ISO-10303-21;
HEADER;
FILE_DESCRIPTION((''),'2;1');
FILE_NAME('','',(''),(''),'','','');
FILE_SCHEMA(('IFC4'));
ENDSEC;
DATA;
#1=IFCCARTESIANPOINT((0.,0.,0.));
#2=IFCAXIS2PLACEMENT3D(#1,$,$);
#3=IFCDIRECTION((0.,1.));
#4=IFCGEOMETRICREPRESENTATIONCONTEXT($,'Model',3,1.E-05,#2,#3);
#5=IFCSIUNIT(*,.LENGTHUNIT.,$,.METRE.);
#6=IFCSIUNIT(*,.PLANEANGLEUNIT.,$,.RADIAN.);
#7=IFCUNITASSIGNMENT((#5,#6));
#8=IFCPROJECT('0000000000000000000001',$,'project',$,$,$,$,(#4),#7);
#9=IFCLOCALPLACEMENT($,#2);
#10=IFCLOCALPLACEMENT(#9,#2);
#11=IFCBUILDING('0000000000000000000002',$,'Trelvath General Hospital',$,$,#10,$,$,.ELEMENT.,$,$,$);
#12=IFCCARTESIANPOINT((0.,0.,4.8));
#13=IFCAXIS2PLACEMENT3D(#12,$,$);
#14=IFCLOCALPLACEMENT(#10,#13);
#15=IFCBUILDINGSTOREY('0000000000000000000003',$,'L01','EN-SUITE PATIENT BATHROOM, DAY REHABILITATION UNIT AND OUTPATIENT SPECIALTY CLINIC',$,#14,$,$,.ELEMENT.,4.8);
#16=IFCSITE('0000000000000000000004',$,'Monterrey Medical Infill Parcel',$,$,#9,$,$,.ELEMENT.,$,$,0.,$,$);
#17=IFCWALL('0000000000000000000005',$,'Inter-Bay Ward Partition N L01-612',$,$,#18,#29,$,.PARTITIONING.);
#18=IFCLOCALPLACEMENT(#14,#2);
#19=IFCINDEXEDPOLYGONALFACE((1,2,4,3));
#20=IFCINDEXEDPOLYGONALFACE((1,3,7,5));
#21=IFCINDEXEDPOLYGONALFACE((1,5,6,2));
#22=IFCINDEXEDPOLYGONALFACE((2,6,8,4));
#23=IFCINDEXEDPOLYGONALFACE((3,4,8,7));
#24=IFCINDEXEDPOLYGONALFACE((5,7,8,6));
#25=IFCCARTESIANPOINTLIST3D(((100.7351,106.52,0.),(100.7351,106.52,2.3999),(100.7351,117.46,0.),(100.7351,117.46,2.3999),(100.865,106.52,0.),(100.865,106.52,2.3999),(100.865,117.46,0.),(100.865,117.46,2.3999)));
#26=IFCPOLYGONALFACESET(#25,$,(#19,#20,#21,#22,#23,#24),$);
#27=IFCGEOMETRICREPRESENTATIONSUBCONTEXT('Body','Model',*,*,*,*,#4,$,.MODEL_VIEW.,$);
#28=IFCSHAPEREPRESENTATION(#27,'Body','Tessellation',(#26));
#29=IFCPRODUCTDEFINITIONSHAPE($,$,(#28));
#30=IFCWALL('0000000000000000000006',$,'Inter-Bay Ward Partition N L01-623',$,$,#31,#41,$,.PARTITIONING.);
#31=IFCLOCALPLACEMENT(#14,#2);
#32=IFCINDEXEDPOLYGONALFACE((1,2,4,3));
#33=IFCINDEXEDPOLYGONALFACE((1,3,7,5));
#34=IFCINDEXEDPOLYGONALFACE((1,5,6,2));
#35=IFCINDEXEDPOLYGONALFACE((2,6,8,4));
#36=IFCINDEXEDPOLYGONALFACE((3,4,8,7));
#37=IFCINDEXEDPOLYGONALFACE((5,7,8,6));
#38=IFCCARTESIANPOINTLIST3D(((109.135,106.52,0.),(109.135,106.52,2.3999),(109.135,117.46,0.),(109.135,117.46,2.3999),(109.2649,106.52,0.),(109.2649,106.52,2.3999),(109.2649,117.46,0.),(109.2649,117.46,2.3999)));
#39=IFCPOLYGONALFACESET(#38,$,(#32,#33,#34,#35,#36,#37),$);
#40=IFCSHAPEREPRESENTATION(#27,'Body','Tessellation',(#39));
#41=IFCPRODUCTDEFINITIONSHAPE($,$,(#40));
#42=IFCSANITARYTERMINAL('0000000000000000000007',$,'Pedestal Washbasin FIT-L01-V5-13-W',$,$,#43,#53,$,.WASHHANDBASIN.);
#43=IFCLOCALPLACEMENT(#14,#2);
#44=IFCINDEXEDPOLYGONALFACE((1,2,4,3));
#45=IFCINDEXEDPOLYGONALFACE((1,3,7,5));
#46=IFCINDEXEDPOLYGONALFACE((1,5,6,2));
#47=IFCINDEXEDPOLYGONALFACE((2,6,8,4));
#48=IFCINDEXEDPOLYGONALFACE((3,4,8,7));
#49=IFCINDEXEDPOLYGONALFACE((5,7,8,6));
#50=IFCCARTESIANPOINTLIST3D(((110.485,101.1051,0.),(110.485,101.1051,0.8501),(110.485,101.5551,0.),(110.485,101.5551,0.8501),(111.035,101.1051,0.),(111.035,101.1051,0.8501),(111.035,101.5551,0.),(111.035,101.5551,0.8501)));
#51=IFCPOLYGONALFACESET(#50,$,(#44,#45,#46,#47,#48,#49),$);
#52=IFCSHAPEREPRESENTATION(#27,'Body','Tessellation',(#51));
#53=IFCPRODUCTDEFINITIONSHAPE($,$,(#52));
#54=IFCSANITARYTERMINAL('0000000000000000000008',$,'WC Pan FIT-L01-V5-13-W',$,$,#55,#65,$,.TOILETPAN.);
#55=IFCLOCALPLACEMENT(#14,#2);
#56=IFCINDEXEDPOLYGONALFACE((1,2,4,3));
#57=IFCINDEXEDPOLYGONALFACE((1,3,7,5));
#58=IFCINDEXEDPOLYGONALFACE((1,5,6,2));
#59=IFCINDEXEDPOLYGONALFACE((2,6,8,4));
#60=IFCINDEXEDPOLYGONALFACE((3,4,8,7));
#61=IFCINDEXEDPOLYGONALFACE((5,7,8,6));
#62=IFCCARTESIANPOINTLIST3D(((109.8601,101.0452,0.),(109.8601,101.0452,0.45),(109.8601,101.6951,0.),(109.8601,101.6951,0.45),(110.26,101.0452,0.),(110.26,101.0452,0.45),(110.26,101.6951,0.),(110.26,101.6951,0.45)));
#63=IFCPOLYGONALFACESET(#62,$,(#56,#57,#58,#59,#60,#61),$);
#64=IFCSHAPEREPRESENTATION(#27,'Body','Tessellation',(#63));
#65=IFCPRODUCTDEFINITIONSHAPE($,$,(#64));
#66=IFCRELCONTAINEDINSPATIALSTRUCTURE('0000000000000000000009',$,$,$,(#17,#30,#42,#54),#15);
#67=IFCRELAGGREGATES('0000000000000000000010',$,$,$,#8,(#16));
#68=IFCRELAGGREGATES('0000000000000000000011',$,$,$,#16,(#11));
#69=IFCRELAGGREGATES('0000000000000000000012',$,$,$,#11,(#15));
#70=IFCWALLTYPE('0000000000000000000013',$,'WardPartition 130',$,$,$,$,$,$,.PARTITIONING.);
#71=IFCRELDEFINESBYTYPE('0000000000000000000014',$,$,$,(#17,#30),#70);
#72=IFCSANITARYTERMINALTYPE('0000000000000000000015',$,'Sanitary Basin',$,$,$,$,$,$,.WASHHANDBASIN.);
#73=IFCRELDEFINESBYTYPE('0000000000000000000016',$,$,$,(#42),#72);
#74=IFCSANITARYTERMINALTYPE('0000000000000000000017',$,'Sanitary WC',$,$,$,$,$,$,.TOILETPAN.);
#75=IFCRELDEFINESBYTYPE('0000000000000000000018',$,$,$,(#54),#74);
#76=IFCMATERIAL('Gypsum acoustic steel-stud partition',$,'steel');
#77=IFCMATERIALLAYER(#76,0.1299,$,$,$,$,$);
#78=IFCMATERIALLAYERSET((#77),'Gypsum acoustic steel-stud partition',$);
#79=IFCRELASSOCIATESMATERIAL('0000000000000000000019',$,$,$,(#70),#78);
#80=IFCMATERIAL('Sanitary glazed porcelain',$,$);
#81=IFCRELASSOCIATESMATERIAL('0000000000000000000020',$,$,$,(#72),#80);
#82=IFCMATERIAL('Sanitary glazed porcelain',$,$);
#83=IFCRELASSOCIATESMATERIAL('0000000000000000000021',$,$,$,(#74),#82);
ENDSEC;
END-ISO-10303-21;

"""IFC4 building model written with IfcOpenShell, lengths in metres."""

from ifc_helpers import new_model, si_unit, direction, frame, frame_2d, origin, origin_2d, place, context, subcontext, project, spatial, rectangle, extrude, material, layer, layer_set, type_object, element, save


model = new_model("IFC4")

# Units and contexts
model_context = context("Model", 3, precision=1e-05, world=origin(), true_north=direction((0.0, 1.0)))
body_context = subcontext(model_context, "Body", "Model", "MODEL_VIEW")
ifc_project = project(units=[si_unit("LENGTHUNIT", "METRE"), si_unit("PLANEANGLEUNIT", "RADIAN")], contexts=[model_context])

# Site, building, storey
site_placement = place(None, origin())
site = spatial("IfcSite", under=ifc_project, at=site_placement, Name="Monterrey Medical Infill Parcel", CompositionType="ELEMENT", RefElevation=0.0)
building_placement = place(site_placement, origin())
building = spatial("IfcBuilding", under=site, at=building_placement, Name="Trelvath General Hospital", CompositionType="ELEMENT")
storey_placement = place(building_placement, frame((0.0, 0.0, 4.8)))
storey = spatial("IfcBuildingStorey", under=building, at=storey_placement, Name="L01", Description="EN-SUITE PATIENT BATHROOM, DAY REHABILITATION UNIT AND OUTPATIENT SPECIALTY CLINIC", CompositionType="ELEMENT", Elevation=4.8)

# Walls
ifc_material_1 = material(Name="Gypsum acoustic steel-stud partition", Category="steel")
ifc_layer_1 = layer(ifc_material_1, 0.1299)
ifc_layer_set_1 = layer_set([ifc_layer_1], Name="Gypsum acoustic steel-stud partition")
wall_type_1 = type_object("IfcWallType", Name="WardPartition 130", PredefinedType="PARTITIONING", material=ifc_layer_set_1)
for number, where, z_axis, x_axis, name in (
    (1, (100.8, 106.52, 0.0), (0.0, 0.0, 1.0), (0.0, 1.0, 0.0), "Inter-Bay Ward Partition N L01-612"),
    (2, (109.2, 106.52, 0.0), (0.0, 0.0, 1.0), (0.0, 1.0, 0.0), "Inter-Bay Ward Partition N L01-623"),
):
    element("IfcWall", number, at=place(storey_placement, frame(where, z_axis=z_axis, x_axis=x_axis)), inside=storey, type_object=wall_type_1, Name=name, PredefinedType="PARTITIONING", context=body_context, shape_type="SweptSolid", body=[
        extrude(rectangle(XDim=10.9399, YDim=0.1299, at=frame_2d((5.47, 0.0))), origin(), (0.0, 0.0, 1.0), 2.3999),
    ])

# Sanitary terminals
ifc_material_2 = material(Name="Sanitary glazed porcelain")
sanitary_terminal_type_1 = type_object("IfcSanitaryTerminalType", Name="Sanitary Basin", PredefinedType="WASHHANDBASIN", material=ifc_material_2)
sanitary_terminal_1_placement = place(storey_placement, frame((110.76, 101.3301, 0.0), z_axis=(0.0, 0.0, 1.0), x_axis=(1.0, 0.0, 0.0)))
element("IfcSanitaryTerminal", 3, at=sanitary_terminal_1_placement, inside=storey, type_object=sanitary_terminal_type_1, Name="Pedestal Washbasin FIT-L01-V5-13-W", PredefinedType="WASHHANDBASIN", context=body_context, shape_type="SweptSolid", body=[
    extrude(rectangle(XDim=0.55, YDim=0.45, at=origin_2d()), origin(), (0.0, 0.0, 1.0), 0.8501),
])
ifc_material_3 = material(Name="Sanitary glazed porcelain")
sanitary_terminal_type_2 = type_object("IfcSanitaryTerminalType", Name="Sanitary WC", PredefinedType="TOILETPAN", material=ifc_material_3)
sanitary_terminal_2_placement = place(storey_placement, frame((110.0601, 101.3701, 0.0), z_axis=(0.0, 0.0, 1.0), x_axis=(1.0, 0.0, 0.0)))
element("IfcSanitaryTerminal", 4, at=sanitary_terminal_2_placement, inside=storey, type_object=sanitary_terminal_type_2, Name="WC Pan FIT-L01-V5-13-W", PredefinedType="TOILETPAN", context=body_context, shape_type="SweptSolid", body=[
    extrude(rectangle(XDim=0.3999, YDim=0.6499, at=origin_2d()), origin(), (0.0, 0.0, 1.0), 0.45),
])

save(model, "model.ifc")
